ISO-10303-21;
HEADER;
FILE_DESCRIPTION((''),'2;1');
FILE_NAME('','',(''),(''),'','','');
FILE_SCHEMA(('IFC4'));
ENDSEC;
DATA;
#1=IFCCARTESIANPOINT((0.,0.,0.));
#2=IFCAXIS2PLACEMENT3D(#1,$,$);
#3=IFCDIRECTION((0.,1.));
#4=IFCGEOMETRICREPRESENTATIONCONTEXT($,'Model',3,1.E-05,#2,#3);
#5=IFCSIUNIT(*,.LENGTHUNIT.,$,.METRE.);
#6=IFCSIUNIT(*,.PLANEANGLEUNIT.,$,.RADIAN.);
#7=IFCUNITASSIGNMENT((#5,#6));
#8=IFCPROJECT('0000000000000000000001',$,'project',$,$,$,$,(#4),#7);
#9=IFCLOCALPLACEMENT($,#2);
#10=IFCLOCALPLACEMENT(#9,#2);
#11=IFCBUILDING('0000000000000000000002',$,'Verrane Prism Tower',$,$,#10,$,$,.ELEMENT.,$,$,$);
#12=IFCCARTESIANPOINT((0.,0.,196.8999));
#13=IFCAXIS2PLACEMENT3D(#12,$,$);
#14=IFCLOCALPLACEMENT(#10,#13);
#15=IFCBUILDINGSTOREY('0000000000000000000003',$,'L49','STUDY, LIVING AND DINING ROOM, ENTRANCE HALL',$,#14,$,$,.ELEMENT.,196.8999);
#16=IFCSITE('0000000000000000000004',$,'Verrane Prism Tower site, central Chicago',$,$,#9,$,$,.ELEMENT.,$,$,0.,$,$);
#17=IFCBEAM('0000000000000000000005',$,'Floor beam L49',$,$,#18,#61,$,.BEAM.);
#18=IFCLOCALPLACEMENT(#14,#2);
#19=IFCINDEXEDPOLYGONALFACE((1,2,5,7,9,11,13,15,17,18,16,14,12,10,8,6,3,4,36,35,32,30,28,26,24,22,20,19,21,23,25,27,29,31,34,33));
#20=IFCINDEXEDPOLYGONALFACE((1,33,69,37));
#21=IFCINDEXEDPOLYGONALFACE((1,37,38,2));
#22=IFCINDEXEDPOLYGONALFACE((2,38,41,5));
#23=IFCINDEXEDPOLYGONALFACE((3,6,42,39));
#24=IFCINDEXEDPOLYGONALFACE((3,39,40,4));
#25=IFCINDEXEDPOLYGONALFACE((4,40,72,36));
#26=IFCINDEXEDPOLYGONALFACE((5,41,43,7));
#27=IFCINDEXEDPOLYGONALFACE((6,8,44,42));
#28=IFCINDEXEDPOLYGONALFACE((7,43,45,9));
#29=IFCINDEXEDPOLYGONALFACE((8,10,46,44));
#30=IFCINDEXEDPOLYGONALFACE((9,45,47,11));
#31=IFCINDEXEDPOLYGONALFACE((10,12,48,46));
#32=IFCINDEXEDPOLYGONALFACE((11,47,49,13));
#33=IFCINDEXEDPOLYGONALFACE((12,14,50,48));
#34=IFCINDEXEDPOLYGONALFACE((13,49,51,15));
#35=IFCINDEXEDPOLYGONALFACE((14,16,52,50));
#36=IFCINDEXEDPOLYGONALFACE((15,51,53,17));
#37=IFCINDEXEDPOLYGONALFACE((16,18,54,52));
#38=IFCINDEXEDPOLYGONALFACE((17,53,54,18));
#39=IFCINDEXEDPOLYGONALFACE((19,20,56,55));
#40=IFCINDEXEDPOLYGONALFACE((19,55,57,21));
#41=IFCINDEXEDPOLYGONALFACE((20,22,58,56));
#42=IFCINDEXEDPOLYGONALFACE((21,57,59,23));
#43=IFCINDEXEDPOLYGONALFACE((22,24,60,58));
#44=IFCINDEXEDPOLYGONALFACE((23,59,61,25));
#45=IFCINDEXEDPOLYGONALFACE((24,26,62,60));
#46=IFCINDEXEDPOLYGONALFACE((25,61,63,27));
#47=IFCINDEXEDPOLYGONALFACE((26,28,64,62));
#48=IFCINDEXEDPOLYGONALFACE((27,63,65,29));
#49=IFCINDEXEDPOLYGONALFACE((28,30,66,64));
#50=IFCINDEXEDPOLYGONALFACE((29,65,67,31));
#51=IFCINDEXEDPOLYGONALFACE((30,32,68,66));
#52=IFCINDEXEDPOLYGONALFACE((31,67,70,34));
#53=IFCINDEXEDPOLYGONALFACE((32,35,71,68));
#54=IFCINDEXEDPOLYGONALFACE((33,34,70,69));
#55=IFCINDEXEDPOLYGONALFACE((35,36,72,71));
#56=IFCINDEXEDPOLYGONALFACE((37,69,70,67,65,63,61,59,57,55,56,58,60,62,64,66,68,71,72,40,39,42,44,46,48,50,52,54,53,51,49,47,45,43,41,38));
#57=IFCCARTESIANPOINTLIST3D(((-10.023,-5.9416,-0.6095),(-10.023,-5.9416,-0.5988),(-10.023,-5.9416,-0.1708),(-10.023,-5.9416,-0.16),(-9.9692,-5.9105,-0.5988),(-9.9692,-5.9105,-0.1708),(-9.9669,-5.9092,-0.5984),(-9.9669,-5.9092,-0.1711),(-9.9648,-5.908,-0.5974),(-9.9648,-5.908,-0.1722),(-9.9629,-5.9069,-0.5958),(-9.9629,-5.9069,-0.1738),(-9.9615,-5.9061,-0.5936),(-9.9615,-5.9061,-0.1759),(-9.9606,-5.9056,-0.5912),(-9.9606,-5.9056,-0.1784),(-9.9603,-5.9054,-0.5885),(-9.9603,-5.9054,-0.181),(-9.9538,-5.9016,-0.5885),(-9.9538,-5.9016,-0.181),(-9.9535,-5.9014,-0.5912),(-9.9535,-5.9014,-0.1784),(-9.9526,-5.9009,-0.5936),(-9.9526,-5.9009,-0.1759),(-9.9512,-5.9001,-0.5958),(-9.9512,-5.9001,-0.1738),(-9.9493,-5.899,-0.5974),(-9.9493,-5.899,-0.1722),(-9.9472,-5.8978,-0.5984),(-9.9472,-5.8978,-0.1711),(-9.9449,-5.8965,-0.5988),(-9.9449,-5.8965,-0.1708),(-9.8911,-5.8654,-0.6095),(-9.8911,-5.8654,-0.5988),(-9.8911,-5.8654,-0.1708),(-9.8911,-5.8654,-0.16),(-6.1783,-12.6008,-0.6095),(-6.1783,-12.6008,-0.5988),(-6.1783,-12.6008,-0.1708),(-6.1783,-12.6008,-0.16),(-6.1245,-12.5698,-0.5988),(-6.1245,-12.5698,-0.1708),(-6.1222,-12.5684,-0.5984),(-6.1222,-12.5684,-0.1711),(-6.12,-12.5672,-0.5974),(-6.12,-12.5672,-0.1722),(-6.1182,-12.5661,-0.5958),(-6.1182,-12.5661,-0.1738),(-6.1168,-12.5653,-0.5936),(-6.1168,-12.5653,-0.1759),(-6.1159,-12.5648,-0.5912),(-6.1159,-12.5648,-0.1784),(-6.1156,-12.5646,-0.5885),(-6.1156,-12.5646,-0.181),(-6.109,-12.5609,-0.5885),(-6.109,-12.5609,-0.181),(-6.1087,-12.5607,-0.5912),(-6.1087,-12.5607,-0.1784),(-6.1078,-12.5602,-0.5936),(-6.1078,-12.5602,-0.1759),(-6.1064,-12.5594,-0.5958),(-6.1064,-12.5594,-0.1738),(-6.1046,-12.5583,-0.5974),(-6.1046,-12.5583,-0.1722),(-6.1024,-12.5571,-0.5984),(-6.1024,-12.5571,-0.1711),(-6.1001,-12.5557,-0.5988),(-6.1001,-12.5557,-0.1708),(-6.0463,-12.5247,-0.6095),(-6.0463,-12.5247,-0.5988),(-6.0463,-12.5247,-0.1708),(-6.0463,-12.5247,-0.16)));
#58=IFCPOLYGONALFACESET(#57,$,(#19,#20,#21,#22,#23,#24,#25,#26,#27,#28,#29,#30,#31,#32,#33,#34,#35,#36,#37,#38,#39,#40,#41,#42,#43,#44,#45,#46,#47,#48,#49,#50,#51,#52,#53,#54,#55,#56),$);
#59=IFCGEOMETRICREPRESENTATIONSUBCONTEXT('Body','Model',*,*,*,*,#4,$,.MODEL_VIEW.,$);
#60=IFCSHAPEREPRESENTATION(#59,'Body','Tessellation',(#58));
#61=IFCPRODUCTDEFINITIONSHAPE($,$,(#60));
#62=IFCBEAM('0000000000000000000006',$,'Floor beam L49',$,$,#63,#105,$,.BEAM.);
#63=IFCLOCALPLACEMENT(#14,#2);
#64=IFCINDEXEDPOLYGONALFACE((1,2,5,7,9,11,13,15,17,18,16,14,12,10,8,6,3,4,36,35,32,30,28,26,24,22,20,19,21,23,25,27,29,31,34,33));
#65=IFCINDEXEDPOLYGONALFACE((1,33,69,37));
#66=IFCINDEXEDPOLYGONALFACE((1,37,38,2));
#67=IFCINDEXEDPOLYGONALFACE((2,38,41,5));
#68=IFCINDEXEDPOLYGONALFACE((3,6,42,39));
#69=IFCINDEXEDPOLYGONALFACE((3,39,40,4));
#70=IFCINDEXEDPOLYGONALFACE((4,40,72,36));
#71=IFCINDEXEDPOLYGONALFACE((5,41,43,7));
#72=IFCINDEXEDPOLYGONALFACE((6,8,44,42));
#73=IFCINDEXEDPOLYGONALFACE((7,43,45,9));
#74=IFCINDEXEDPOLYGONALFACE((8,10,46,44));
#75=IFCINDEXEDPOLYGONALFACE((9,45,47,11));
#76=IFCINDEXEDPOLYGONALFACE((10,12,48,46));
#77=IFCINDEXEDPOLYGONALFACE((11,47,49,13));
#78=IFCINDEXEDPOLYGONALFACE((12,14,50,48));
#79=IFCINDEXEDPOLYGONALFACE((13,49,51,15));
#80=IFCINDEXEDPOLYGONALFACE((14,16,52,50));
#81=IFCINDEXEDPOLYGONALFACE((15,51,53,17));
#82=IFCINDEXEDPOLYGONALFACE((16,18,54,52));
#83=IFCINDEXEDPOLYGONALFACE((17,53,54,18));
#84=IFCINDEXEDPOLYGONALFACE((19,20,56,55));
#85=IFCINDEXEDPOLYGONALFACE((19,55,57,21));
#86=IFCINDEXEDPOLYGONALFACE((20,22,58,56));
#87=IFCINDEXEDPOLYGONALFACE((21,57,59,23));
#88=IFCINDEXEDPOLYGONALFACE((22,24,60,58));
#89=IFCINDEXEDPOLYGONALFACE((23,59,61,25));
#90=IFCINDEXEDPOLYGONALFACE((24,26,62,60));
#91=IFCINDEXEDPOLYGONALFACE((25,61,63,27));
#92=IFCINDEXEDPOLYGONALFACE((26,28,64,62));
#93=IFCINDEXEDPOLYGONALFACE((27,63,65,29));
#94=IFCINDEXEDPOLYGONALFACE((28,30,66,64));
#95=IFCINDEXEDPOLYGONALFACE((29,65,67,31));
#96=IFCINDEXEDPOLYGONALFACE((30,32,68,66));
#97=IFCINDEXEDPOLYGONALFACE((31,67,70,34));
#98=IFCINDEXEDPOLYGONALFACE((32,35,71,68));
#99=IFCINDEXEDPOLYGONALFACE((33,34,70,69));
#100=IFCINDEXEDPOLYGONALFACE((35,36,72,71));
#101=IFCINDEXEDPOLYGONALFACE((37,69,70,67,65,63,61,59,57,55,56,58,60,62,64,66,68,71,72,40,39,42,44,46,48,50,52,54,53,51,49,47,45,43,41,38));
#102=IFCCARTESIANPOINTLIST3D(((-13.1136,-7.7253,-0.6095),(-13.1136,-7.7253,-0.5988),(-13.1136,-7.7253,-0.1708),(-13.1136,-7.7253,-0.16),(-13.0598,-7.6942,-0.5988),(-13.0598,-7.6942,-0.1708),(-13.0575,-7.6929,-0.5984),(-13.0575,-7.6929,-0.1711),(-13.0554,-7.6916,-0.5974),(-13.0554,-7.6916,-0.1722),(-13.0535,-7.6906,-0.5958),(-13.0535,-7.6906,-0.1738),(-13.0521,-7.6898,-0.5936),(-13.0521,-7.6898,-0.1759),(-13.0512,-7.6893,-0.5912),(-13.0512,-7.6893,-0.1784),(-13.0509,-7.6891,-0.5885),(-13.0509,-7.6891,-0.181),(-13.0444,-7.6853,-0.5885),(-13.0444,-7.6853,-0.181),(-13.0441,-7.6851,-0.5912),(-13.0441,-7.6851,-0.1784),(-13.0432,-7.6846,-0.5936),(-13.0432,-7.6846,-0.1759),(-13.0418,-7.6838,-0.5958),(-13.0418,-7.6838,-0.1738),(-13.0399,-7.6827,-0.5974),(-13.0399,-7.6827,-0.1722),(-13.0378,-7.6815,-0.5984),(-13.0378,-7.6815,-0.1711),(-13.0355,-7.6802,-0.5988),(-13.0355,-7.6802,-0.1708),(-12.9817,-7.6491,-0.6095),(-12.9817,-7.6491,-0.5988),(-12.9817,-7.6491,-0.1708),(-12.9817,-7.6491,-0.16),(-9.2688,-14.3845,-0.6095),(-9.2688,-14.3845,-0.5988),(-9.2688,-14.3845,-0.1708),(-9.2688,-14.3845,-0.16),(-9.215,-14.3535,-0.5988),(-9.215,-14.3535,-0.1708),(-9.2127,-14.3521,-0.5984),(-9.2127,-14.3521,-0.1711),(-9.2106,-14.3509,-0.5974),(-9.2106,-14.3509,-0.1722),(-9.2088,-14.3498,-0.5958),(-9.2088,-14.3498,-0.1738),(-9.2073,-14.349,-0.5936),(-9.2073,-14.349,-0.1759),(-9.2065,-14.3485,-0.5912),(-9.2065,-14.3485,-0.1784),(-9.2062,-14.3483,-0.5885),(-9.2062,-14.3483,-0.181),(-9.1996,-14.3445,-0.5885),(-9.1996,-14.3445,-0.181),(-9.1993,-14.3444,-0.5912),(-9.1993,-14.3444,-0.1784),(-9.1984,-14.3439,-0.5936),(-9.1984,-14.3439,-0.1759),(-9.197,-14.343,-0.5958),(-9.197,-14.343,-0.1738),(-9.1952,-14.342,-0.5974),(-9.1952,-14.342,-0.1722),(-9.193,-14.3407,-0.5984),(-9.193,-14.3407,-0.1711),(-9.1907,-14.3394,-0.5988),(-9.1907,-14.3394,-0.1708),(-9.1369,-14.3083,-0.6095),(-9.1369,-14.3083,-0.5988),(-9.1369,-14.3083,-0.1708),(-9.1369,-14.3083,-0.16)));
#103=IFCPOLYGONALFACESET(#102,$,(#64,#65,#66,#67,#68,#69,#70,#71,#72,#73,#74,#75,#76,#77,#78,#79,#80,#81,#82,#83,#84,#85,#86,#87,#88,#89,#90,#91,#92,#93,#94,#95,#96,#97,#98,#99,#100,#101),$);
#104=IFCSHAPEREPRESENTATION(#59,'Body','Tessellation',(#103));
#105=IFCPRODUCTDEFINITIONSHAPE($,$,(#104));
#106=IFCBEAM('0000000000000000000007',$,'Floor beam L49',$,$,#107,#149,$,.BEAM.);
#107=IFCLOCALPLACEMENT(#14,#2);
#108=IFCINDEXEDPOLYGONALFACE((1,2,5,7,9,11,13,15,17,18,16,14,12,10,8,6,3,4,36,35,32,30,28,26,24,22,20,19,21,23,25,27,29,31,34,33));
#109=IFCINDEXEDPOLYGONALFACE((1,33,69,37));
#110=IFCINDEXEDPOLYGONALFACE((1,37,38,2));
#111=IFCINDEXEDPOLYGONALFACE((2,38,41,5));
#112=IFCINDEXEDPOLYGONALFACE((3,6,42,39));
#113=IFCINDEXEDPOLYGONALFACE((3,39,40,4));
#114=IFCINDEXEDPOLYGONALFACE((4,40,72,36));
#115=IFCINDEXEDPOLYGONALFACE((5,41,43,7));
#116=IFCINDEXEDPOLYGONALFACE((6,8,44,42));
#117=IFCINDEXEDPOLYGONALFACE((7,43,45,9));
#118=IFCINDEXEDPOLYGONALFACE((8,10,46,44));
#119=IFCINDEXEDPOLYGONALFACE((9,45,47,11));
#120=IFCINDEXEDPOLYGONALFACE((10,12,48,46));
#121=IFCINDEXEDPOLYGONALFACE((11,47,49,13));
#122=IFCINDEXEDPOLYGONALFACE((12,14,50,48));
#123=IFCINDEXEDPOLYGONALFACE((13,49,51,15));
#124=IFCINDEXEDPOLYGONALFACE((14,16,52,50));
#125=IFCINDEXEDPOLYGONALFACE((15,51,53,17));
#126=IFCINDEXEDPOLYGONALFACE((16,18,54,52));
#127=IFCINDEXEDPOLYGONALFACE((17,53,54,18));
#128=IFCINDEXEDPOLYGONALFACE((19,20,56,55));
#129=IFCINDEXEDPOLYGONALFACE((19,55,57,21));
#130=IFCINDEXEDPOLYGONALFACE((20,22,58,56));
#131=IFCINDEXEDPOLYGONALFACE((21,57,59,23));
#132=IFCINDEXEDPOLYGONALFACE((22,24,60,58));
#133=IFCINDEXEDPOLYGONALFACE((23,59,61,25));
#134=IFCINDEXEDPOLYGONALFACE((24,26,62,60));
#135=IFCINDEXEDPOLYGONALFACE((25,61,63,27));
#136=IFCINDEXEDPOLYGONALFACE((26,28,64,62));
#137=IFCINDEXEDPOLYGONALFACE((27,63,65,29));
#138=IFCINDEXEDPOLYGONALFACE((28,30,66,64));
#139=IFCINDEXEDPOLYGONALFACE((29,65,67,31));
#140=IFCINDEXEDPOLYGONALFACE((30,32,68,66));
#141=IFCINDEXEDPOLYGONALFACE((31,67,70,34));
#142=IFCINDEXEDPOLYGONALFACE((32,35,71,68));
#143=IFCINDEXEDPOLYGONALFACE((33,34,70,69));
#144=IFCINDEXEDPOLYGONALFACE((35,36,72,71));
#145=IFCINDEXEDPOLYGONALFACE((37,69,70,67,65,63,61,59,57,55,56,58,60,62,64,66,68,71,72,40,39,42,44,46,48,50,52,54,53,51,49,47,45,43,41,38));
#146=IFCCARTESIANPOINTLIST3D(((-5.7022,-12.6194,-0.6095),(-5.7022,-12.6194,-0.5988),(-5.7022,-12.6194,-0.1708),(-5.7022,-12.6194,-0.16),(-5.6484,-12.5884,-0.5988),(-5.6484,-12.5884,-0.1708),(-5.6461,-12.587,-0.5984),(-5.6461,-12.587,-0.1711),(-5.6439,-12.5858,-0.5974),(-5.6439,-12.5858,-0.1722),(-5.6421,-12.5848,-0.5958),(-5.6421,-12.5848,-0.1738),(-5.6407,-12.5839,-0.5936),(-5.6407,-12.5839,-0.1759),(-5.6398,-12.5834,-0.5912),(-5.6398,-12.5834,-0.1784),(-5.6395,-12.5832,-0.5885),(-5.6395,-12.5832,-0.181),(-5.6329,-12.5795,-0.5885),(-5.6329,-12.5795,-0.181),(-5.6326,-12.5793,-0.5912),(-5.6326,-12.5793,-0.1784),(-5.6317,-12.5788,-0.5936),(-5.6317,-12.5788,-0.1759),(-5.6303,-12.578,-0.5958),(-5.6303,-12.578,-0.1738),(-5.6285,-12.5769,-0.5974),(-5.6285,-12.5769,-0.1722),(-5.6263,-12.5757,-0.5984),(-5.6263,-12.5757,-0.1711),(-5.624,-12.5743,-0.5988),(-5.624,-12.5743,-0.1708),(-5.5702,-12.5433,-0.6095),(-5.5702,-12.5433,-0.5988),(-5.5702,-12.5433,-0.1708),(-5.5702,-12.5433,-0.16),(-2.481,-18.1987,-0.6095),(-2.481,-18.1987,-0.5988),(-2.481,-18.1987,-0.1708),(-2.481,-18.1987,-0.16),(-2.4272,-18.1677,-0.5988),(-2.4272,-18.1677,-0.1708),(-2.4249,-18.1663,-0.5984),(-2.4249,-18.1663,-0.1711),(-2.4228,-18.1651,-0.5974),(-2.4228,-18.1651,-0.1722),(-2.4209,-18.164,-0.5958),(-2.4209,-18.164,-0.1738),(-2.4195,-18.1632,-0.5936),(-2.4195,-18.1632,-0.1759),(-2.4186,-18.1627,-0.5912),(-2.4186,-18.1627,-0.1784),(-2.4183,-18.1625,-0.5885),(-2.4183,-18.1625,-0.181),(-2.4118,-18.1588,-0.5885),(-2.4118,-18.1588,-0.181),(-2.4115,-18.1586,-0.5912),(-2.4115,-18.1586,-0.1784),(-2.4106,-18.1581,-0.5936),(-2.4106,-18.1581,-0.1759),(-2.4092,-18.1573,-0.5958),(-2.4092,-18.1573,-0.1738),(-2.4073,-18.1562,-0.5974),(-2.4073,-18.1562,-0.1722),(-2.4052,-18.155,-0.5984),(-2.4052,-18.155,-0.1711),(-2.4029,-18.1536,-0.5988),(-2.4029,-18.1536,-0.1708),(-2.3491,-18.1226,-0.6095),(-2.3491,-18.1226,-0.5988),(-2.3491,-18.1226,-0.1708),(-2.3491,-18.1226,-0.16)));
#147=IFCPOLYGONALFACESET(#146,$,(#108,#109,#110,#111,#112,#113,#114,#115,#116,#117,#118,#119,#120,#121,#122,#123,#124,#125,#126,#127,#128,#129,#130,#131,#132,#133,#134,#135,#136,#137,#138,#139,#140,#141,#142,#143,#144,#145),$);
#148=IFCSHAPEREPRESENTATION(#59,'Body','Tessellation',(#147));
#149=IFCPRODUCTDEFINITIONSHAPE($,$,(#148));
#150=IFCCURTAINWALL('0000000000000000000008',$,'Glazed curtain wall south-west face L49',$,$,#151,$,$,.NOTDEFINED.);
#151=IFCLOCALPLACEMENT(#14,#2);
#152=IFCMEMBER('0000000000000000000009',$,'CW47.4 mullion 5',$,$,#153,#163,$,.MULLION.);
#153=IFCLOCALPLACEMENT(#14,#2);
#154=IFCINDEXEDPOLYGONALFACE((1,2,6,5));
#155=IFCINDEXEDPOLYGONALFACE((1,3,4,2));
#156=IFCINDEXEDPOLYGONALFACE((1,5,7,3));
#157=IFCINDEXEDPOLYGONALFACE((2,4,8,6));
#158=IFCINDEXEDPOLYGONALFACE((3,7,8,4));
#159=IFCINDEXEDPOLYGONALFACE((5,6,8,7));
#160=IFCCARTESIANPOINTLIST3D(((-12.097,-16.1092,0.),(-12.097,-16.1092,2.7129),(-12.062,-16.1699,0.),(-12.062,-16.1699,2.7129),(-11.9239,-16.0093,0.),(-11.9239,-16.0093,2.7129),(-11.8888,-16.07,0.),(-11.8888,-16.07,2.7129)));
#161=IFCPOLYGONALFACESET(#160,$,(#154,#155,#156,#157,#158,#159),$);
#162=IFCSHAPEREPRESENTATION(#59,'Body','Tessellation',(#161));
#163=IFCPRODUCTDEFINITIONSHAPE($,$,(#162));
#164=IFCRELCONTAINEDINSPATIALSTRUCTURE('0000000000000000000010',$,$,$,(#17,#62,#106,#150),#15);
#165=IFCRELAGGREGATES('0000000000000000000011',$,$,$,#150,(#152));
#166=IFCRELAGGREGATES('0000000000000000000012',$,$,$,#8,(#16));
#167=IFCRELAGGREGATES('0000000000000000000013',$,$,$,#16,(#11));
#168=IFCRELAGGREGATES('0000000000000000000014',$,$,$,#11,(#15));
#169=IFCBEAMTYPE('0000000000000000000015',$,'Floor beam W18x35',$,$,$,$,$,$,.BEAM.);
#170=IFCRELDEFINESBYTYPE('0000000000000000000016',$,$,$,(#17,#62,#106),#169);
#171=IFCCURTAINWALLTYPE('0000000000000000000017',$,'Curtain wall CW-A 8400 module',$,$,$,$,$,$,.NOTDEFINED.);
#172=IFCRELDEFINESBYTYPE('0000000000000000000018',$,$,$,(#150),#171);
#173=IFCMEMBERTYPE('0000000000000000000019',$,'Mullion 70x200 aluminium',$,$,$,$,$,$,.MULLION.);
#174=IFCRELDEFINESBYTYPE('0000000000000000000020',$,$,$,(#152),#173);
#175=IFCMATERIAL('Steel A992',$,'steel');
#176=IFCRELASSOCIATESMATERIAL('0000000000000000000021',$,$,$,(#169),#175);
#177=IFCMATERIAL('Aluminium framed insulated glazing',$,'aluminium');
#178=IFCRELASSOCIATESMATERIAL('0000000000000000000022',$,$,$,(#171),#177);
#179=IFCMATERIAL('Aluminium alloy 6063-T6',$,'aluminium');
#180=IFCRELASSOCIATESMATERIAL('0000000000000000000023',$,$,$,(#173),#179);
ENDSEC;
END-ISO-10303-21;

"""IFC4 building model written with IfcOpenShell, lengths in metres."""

from ifc_helpers import new_model, si_unit, direction, frame, origin, origin_2d, place, context, subcontext, project, spatial, rectangle, i_section, extrude, material, material_profile, profile_set, type_object, element, aggregate, save


model = new_model("IFC4")

# Units and contexts
model_context = context("Model", 3, precision=1e-05, world=origin(), true_north=direction((0.0, 1.0)))
body_context = subcontext(model_context, "Body", "Model", "MODEL_VIEW")
ifc_project = project(units=[si_unit("LENGTHUNIT", "METRE"), si_unit("PLANEANGLEUNIT", "RADIAN")], contexts=[model_context])

# Site, building, storey
site_placement = place(None, origin())
site = spatial("IfcSite", under=ifc_project, at=site_placement, Name="Verrane Prism Tower site, central Chicago", CompositionType="ELEMENT", RefElevation=0.0)
building_placement = place(site_placement, origin())
building = spatial("IfcBuilding", under=site, at=building_placement, Name="Verrane Prism Tower", CompositionType="ELEMENT")
storey_placement = place(building_placement, frame((0.0, 0.0, 196.8999)))
storey = spatial("IfcBuildingStorey", under=building, at=storey_placement, Name="L49", Description="STUDY, LIVING AND DINING ROOM, ENTRANCE HALL", CompositionType="ELEMENT", Elevation=196.8999)

# Beams
ifc_material_1 = material(Name="Steel A992", Category="steel")
ifc_material_profile_1 = material_profile(ifc_material_1, i_section(OverallWidth=0.1523, OverallDepth=0.4495, WebThickness=0.0076, FlangeThickness=0.0107, FilletRadius=0.0103, at=origin_2d()), Name="W18x35")
ifc_profile_set_1 = profile_set([ifc_material_profile_1], Name="Steel A992")
beam_type_1 = type_object("IfcBeamType", Name="Floor beam W18x35", PredefinedType="BEAM", material=ifc_profile_set_1)
for number, where, z_axis, x_axis, name in (
    (1, (-6.1123, -12.5627, -0.3848), (-0.500005, 0.866023, 0.0), (-0.866023, -0.500005, 0.0), "Floor beam L49"),
    (2, (-9.2029, -14.3464, -0.3848), (-0.500005, 0.866023, 0.0), (-0.866023, -0.500005, 0.0), "Floor beam L49"),
):
    element("IfcBeam", number, at=place(storey_placement, frame(where, z_axis=z_axis, x_axis=x_axis)), inside=storey, type_object=beam_type_1, Name=name, PredefinedType="BEAM", context=body_context, shape_type="SweptSolid", body=[
        extrude(i_section(OverallWidth=0.1523, OverallDepth=0.4495, WebThickness=0.0076, FlangeThickness=0.0107, FilletRadius=0.0103, at=origin_2d()), origin(), (0.0, 0.0, 1.0), 7.6895),
    ])
beam_1_placement = place(storey_placement, frame((-2.415, -18.1606, -0.3848), z_axis=(-0.499995, 0.866028, 0.0), x_axis=(-0.866028, -0.499995, 0.0)))
element("IfcBeam", 3, at=beam_1_placement, inside=storey, type_object=beam_type_1, Name="Floor beam L49", PredefinedType="BEAM", context=body_context, shape_type="SweptSolid", body=[
    extrude(i_section(OverallWidth=0.1523, OverallDepth=0.4495, WebThickness=0.0076, FlangeThickness=0.0107, FilletRadius=0.0103, at=origin_2d()), origin(), (0.0, 0.0, 1.0), 6.4424),
])

# Curtain wall, member
ifc_material_2 = material(Name="Aluminium framed insulated glazing", Category="aluminium")
curtain_wall_type = type_object("IfcCurtainWallType", Name="Curtain wall CW-A 8400 module", PredefinedType="NOTDEFINED", material=ifc_material_2)
curtain_wall_placement = place(storey_placement, origin())
curtain_wall = element("IfcCurtainWall", 4, at=curtain_wall_placement, inside=storey, type_object=curtain_wall_type, Name="Glazed curtain wall south-west face L49", PredefinedType="NOTDEFINED")
ifc_material_3 = material(Name="Aluminium alloy 6063-T6", Category="aluminium")
ifc_material_profile_2 = material_profile(ifc_material_3, rectangle(XDim=0.2, YDim=0.0701, at=origin_2d()), Name="Mullion 70x200 aluminium")
ifc_profile_set_2 = profile_set([ifc_material_profile_2], Name="Aluminium alloy 6063-T6")
member_type_1 = type_object("IfcMemberType", Name="Mullion 70x200 aluminium", PredefinedType="MULLION", material=ifc_profile_set_2)
member_1_placement = place(storey_placement, frame((-11.9929, -16.0896, 0.0), z_axis=(0.0, 0.0, 1.0), x_axis=(0.866026, 0.5, 0.0)))
member_1 = element("IfcMember", 5, at=member_1_placement, type_object=member_type_1, Name="CW47.4 mullion 5", PredefinedType="MULLION", context=body_context, shape_type="SweptSolid", body=[
    extrude(rectangle(XDim=0.2, YDim=0.0701, at=origin_2d()), origin(), (0.0, 0.0, 1.0), 2.7129),
])

aggregate(curtain_wall, [member_1])

save(model, "model.ifc")
